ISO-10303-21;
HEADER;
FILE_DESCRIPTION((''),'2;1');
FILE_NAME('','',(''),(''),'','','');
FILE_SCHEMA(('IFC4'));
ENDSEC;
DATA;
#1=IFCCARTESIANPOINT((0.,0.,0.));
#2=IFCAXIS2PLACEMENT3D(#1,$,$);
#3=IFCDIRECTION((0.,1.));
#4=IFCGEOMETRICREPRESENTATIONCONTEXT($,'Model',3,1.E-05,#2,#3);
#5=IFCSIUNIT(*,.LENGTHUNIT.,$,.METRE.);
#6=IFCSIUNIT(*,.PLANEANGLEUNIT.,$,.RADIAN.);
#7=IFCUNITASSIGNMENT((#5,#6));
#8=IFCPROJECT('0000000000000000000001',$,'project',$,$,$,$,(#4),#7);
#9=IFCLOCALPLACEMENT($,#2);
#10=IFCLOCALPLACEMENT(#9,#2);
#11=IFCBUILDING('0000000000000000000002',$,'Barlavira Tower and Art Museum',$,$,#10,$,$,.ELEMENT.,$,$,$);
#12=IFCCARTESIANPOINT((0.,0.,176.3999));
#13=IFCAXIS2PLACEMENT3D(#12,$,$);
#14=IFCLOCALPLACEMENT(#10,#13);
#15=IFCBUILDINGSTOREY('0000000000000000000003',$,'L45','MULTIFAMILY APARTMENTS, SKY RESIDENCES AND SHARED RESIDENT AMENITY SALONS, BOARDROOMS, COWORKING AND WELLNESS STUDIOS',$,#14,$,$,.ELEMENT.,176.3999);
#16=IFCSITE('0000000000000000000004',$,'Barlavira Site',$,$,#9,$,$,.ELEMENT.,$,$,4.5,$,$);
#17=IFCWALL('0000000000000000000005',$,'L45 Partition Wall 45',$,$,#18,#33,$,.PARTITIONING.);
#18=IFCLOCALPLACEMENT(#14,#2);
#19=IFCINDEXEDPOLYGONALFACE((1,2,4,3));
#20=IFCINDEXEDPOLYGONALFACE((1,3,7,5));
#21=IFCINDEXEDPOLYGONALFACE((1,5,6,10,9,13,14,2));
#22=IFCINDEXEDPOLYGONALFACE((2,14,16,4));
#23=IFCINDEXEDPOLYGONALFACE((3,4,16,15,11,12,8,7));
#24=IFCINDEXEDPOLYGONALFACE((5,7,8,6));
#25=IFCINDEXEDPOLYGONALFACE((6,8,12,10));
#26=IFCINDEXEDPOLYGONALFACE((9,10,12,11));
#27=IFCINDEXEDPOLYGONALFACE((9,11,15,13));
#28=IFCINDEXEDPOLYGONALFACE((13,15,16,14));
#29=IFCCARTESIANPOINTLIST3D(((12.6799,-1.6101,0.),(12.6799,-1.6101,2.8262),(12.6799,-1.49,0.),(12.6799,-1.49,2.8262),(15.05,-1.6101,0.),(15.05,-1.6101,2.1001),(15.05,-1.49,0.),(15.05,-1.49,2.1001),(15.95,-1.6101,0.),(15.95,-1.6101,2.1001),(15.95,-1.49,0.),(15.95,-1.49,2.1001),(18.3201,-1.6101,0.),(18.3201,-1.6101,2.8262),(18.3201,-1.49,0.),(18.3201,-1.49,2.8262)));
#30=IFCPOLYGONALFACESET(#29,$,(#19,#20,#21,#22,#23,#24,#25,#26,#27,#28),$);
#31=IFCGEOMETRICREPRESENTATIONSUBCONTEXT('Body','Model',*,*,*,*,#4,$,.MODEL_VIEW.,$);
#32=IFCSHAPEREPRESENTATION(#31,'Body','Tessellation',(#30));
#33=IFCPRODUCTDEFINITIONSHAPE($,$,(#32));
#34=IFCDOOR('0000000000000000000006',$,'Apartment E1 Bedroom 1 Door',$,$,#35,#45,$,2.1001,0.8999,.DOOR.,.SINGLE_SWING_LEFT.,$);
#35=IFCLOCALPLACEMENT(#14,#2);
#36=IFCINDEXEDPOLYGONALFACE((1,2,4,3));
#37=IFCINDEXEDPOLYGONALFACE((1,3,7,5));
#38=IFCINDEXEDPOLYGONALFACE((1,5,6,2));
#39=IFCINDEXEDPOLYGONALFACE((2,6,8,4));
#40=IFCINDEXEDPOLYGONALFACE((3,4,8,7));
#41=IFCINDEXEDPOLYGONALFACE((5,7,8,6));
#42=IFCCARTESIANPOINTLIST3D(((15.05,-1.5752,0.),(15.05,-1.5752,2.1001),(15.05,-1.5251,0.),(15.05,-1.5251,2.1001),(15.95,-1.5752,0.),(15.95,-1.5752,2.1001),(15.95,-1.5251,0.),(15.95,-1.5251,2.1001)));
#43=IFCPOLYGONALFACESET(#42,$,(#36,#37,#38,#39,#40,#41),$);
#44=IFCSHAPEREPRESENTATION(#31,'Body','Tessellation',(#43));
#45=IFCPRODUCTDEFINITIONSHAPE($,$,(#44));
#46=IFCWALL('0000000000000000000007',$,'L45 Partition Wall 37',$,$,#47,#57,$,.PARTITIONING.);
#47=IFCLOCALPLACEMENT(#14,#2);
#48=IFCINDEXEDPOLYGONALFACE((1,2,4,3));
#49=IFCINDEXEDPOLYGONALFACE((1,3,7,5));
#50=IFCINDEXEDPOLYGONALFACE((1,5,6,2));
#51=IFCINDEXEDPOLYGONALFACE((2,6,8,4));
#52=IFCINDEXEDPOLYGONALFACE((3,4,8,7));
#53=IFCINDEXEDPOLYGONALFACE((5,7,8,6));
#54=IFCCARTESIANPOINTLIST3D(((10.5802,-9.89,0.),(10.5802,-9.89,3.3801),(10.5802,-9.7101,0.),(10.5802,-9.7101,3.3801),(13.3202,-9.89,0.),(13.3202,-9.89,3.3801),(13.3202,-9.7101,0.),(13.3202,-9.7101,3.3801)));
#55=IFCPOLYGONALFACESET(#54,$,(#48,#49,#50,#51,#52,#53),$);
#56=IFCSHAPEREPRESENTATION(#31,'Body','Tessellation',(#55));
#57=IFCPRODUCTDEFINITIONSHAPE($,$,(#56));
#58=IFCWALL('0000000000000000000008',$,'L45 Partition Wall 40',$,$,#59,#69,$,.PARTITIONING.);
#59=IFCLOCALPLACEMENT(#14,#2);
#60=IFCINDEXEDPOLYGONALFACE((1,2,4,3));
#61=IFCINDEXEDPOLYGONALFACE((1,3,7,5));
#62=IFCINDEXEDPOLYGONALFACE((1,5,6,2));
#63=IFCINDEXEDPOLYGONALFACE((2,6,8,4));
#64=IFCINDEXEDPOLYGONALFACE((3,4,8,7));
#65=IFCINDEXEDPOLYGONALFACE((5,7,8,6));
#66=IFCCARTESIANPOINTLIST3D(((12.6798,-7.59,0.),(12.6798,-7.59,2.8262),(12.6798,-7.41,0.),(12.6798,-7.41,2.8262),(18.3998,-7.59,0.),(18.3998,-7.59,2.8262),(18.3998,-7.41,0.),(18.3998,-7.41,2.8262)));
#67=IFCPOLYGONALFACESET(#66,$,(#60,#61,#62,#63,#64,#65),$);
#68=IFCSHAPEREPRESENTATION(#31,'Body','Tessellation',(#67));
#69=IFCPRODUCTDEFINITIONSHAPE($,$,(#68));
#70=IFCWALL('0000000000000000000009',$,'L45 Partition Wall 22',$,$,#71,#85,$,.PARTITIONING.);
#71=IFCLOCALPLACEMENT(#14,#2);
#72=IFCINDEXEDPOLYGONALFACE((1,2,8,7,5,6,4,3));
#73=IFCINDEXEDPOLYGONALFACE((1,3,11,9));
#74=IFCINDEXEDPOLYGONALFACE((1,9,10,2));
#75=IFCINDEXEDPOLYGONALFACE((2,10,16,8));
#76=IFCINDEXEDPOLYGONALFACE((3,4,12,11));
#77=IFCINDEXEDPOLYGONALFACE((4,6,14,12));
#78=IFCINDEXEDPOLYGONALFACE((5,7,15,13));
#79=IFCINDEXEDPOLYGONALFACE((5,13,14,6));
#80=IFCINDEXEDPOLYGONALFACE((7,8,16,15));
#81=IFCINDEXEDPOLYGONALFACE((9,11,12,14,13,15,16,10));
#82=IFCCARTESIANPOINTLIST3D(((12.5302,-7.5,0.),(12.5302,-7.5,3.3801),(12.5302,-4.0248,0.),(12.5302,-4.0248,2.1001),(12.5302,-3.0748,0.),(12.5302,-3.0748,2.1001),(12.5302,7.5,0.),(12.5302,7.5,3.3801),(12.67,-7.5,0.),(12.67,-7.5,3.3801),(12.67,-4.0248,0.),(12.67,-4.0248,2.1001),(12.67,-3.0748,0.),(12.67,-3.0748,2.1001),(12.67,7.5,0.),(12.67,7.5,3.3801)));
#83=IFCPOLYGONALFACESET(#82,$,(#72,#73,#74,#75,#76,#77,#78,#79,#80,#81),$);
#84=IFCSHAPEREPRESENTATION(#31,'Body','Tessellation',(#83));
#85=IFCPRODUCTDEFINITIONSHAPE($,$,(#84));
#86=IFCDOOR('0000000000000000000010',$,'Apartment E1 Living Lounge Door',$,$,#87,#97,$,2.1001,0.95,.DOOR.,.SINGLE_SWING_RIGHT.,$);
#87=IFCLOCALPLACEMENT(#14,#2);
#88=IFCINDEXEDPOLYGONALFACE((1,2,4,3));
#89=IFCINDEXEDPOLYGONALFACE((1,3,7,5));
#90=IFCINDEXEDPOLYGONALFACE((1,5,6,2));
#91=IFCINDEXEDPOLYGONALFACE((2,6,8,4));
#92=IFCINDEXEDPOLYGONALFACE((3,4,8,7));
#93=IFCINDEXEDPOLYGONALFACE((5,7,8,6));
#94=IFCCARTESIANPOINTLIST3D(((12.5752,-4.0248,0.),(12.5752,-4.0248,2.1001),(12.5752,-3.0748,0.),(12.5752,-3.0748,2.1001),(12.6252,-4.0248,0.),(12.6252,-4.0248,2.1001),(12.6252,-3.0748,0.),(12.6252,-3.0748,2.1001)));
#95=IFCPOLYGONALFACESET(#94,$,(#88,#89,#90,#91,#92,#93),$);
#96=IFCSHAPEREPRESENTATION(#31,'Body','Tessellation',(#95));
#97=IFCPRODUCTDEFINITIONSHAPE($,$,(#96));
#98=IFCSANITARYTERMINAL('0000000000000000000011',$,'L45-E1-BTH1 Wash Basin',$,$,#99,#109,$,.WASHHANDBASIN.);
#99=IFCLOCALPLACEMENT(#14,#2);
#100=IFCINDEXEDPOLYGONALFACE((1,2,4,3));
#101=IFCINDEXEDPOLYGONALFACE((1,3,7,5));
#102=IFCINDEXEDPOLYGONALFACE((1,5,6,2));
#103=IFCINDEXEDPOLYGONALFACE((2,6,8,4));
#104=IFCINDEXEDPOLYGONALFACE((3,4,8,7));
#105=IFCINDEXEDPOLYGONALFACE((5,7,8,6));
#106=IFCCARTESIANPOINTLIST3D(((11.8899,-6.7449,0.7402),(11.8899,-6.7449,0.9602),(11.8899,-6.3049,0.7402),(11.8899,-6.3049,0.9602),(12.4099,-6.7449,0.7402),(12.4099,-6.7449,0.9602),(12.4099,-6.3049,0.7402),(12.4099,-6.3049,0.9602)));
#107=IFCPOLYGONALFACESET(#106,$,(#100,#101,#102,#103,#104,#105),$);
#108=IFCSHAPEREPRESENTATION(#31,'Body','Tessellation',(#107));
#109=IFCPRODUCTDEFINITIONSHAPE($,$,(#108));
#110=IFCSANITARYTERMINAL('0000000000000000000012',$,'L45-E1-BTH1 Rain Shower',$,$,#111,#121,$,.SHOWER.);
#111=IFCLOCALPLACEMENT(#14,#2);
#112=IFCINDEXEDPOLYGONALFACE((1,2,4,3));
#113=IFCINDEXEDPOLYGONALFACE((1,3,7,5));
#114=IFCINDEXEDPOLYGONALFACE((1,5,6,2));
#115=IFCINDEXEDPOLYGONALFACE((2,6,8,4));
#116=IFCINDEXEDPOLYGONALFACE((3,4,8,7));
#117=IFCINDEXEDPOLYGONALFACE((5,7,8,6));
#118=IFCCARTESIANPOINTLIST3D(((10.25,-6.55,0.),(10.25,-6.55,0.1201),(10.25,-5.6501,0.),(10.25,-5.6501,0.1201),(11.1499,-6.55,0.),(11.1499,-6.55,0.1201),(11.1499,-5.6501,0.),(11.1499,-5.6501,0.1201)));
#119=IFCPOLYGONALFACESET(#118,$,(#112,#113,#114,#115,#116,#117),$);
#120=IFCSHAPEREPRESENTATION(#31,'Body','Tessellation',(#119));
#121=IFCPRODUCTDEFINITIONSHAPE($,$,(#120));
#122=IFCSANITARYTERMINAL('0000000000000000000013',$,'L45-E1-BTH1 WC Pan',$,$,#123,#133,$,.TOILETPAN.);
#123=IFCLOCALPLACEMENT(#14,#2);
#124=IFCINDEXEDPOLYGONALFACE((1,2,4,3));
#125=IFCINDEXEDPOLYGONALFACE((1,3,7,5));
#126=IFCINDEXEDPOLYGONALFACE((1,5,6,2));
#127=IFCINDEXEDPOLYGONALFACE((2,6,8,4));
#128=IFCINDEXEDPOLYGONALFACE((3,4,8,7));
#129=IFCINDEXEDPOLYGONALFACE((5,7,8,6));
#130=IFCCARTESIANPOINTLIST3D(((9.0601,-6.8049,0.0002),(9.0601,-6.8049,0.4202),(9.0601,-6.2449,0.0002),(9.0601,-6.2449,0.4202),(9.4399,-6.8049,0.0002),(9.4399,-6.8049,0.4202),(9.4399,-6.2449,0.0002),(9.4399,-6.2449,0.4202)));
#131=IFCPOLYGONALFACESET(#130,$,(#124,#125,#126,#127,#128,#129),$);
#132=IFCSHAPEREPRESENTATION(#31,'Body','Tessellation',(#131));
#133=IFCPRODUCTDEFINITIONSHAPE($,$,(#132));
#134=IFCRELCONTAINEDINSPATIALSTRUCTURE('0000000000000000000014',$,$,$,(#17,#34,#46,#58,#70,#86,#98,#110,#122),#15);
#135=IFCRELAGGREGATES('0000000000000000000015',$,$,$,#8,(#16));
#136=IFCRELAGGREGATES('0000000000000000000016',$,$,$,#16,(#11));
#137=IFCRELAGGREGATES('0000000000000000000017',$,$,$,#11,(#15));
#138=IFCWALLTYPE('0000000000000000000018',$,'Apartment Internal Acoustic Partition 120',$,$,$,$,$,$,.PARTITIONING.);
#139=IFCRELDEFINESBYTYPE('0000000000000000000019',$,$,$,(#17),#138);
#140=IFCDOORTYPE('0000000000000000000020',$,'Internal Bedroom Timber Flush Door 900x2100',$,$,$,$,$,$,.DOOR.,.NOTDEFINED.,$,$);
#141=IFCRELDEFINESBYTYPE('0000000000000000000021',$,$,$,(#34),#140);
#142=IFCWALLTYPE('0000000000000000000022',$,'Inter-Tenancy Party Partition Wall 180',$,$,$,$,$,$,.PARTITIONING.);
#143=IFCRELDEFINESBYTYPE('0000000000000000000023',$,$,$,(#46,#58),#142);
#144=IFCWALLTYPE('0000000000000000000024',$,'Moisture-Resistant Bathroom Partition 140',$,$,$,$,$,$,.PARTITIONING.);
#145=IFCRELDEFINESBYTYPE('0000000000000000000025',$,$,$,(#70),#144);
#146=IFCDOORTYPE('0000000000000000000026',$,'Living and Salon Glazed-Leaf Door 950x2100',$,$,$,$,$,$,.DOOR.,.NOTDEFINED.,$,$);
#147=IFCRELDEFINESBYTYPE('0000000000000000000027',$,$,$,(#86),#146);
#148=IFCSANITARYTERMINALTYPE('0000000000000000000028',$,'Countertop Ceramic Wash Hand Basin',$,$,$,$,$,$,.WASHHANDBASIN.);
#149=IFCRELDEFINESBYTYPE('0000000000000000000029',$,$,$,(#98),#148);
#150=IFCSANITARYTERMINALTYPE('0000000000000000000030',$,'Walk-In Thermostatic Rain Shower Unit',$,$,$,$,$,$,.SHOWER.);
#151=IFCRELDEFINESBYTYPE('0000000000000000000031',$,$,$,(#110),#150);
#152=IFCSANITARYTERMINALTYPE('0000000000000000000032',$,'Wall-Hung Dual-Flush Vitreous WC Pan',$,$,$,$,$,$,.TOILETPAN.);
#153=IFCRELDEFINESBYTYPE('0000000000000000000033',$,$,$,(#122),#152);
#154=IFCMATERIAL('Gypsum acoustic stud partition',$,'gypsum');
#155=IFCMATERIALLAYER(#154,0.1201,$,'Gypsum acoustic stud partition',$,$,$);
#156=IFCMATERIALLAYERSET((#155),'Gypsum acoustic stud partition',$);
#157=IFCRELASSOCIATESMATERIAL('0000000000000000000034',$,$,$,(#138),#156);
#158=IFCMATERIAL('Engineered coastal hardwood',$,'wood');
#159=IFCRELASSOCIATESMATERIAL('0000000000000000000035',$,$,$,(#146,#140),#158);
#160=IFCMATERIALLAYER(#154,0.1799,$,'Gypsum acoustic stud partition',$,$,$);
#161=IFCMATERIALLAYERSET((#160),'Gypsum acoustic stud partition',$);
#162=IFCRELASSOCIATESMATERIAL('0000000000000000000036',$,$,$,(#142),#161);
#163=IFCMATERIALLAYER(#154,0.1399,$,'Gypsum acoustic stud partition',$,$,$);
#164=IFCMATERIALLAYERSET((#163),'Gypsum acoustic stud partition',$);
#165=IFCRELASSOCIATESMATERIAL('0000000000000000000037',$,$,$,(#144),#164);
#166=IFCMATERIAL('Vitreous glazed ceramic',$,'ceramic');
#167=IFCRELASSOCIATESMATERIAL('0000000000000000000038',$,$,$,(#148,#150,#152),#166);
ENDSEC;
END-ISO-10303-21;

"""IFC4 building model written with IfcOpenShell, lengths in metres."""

from ifc_helpers import new_model, si_unit, direction, frame, frame_2d, origin, origin_2d, place, context, subcontext, project, spatial, rectangle, extrude, material, layer, layer_set, type_object, element, fill, save


model = new_model("IFC4")

# Units and contexts
model_context = context("Model", 3, precision=1e-05, world=origin(), true_north=direction((0.0, 1.0)))
body_context = subcontext(model_context, "Body", "Model", "MODEL_VIEW")
ifc_project = project(units=[si_unit("LENGTHUNIT", "METRE"), si_unit("PLANEANGLEUNIT", "RADIAN")], contexts=[model_context])

# Site, building, storey
site_placement = place(None, origin())
site = spatial("IfcSite", under=ifc_project, at=site_placement, Name="Barlavira Site", CompositionType="ELEMENT", RefElevation=4.5)
building_placement = place(site_placement, origin())
building = spatial("IfcBuilding", under=site, at=building_placement, Name="Barlavira Tower and Art Museum", CompositionType="ELEMENT")
storey_placement = place(building_placement, frame((0.0, 0.0, 176.3999)))
storey = spatial("IfcBuildingStorey", under=building, at=storey_placement, Name="L45", Description="MULTIFAMILY APARTMENTS, SKY RESIDENCES AND SHARED RESIDENT AMENITY SALONS, BOARDROOMS, COWORKING AND WELLNESS STUDIOS", CompositionType="ELEMENT", Elevation=176.3999)

# Wall, opening, door
ifc_material_1 = material(Name="Gypsum acoustic stud partition", Category="gypsum")
ifc_layer_1 = layer(ifc_material_1, 0.1201, Name="Gypsum acoustic stud partition")
ifc_layer_set_1 = layer_set([ifc_layer_1], Name="Gypsum acoustic stud partition")
wall_type_1 = type_object("IfcWallType", Name="Apartment Internal Acoustic Partition 120", PredefinedType="PARTITIONING", material=ifc_layer_set_1)
ifc_material_2 = material(Name="Engineered coastal hardwood", Category="wood")
door_type_1 = type_object("IfcDoorType", Name="Living and Salon Glazed-Leaf Door 950x2100", OperationType="NOTDEFINED", PredefinedType="DOOR", material=ifc_material_2)
wall_1_placement = place(storey_placement, frame((12.6799, -1.55, 0.0), z_axis=(0.0, 0.0, 1.0), x_axis=(1.0, 0.0, 0.0)))
wall_1 = element("IfcWall", 1, at=wall_1_placement, inside=storey, type_object=wall_type_1, Name="L45 Partition Wall 45", PredefinedType="PARTITIONING", context=body_context, shape_type="SweptSolid", body=[
    extrude(rectangle(XDim=5.6401, YDim=0.1201, at=frame_2d((2.8201, 0.0))), origin(), (0.0, 0.0, 1.0), 2.8262),
])
opening_1_placement = place(wall_1_placement, frame((2.3701, 0.0, 0.0)))
opening_1 = element("IfcOpeningElement", 2, at=opening_1_placement, cuts=wall_1, PredefinedType="OPENING", context=body_context, shape_type="SweptSolid", body=[
    extrude(rectangle(XDim=0.8999, YDim=2.1001, at=frame_2d((0.45, 1.05))), frame((0.0, 0.0701, 0.0), z_axis=(0.0, -1.0, 0.0), x_axis=(1.0, 0.0, 0.0)), (0.0, 0.0, 1.0), 0.1401),
])
door_type_2 = type_object("IfcDoorType", Name="Internal Bedroom Timber Flush Door 900x2100", OperationType="NOTDEFINED", PredefinedType="DOOR", material=ifc_material_2)
door_1_placement = place(opening_1_placement, origin())
door_1 = element("IfcDoor", 3, at=door_1_placement, inside=storey, type_object=door_type_2, Name="Apartment E1 Bedroom 1 Door", OperationType="SINGLE_SWING_LEFT", OverallHeight=2.1001, OverallWidth=0.8999, PredefinedType="DOOR", context=body_context, shape_type="SweptSolid", body=[
    extrude(rectangle(XDim=0.8999, YDim=2.1001, at=frame_2d((0.45, 1.05))), frame((0.0, 0.0249, 0.0), z_axis=(0.0, -1.0, 0.0), x_axis=(1.0, 0.0, 0.0)), (0.0, 0.0, 1.0), 0.05),
])
fill(opening_1, door_1)

# Walls
ifc_layer_2 = layer(ifc_material_1, 0.1799, Name="Gypsum acoustic stud partition")
ifc_layer_set_2 = layer_set([ifc_layer_2], Name="Gypsum acoustic stud partition")
wall_type_2 = type_object("IfcWallType", Name="Inter-Tenancy Party Partition Wall 180", PredefinedType="PARTITIONING", material=ifc_layer_set_2)
wall_2_placement = place(storey_placement, frame((10.5801, -9.8, 0.0), z_axis=(0.0, 0.0, 1.0), x_axis=(1.0, 0.0, 0.0)))
element("IfcWall", 4, at=wall_2_placement, inside=storey, type_object=wall_type_2, Name="L45 Partition Wall 37", PredefinedType="PARTITIONING", context=body_context, shape_type="SweptSolid", body=[
    extrude(rectangle(XDim=2.74, YDim=0.1799, at=frame_2d((1.3701, 0.0))), origin(), (0.0, 0.0, 1.0), 3.3801),
])
wall_3_placement = place(storey_placement, frame((12.6799, -7.5, 0.0), z_axis=(0.0, 0.0, 1.0), x_axis=(1.0, 0.0, 0.0)))
element("IfcWall", 5, at=wall_3_placement, inside=storey, type_object=wall_type_2, Name="L45 Partition Wall 40", PredefinedType="PARTITIONING", context=body_context, shape_type="SweptSolid", body=[
    extrude(rectangle(XDim=5.72, YDim=0.1799, at=frame_2d((2.8599, 0.0))), origin(), (0.0, 0.0, 1.0), 2.8262),
])

# Wall, opening, door
ifc_layer_3 = layer(ifc_material_1, 0.1399, Name="Gypsum acoustic stud partition")
ifc_layer_set_3 = layer_set([ifc_layer_3], Name="Gypsum acoustic stud partition")
wall_type_3 = type_object("IfcWallType", Name="Moisture-Resistant Bathroom Partition 140", PredefinedType="PARTITIONING", material=ifc_layer_set_3)
wall_4_placement = place(storey_placement, frame((12.6001, -7.5, 0.0), z_axis=(0.0, 0.0, 1.0), x_axis=(0.0, 1.0, 0.0)))
wall_4 = element("IfcWall", 6, at=wall_4_placement, inside=storey, type_object=wall_type_3, Name="L45 Partition Wall 22", PredefinedType="PARTITIONING", context=body_context, shape_type="SweptSolid", body=[
    extrude(rectangle(XDim=15.0, YDim=0.1399, at=frame_2d((7.5, 0.0))), origin(), (0.0, 0.0, 1.0), 3.3801),
])
opening_2_placement = place(wall_4_placement, frame((3.4751, 0.0, 0.0)))
opening_2 = element("IfcOpeningElement", 7, at=opening_2_placement, cuts=wall_4, PredefinedType="OPENING", context=body_context, shape_type="SweptSolid", body=[
    extrude(rectangle(XDim=0.95, YDim=2.1001, at=frame_2d((0.4751, 1.05))), frame((0.0, 0.0801, 0.0), z_axis=(0.0, -1.0, 0.0), x_axis=(1.0, 0.0, 0.0)), (0.0, 0.0, 1.0), 0.1599),
])
door_2_placement = place(opening_2_placement, origin())
door_2 = element("IfcDoor", 8, at=door_2_placement, inside=storey, type_object=door_type_1, Name="Apartment E1 Living Lounge Door", OperationType="SINGLE_SWING_RIGHT", OverallHeight=2.1001, OverallWidth=0.95, PredefinedType="DOOR", context=body_context, shape_type="SweptSolid", body=[
    extrude(rectangle(XDim=0.95, YDim=2.1001, at=frame_2d((0.4751, 1.05))), frame((0.0, 0.0249, 0.0), z_axis=(0.0, -1.0, 0.0), x_axis=(1.0, 0.0, 0.0)), (0.0, 0.0, 1.0), 0.05),
])
fill(opening_2, door_2)

# Sanitary terminals
ifc_material_3 = material(Name="Vitreous glazed ceramic", Category="ceramic")
sanitary_terminal_type_1 = type_object("IfcSanitaryTerminalType", Name="Countertop Ceramic Wash Hand Basin", PredefinedType="WASHHANDBASIN", material=ifc_material_3)
sanitary_terminal_1_placement = place(storey_placement, frame((12.1499, -6.5249, 0.7402), z_axis=(0.0, 0.0, 1.0), x_axis=(1.0, 0.0, 0.0)))
element("IfcSanitaryTerminal", 9, at=sanitary_terminal_1_placement, inside=storey, type_object=sanitary_terminal_type_1, Name="L45-E1-BTH1 Wash Basin", PredefinedType="WASHHANDBASIN", context=body_context, shape_type="SweptSolid", body=[
    extrude(rectangle(XDim=0.52, YDim=0.4399, at=origin_2d()), origin(), (0.0, 0.0, 1.0), 0.22),
])
sanitary_terminal_type_2 = type_object("IfcSanitaryTerminalType", Name="Walk-In Thermostatic Rain Shower Unit", PredefinedType="SHOWER", material=ifc_material_3)
sanitary_terminal_2_placement = place(storey_placement, frame((10.7, -6.1001, 0.0), z_axis=(0.0, 0.0, 1.0), x_axis=(1.0, 0.0, 0.0)))
element("IfcSanitaryTerminal", 10, at=sanitary_terminal_2_placement, inside=storey, type_object=sanitary_terminal_type_2, Name="L45-E1-BTH1 Rain Shower", PredefinedType="SHOWER", context=body_context, shape_type="SweptSolid", body=[
    extrude(rectangle(XDim=0.8999, YDim=0.8999, at=origin_2d()), origin(), (0.0, 0.0, 1.0), 0.1201),
])
sanitary_terminal_type_3 = type_object("IfcSanitaryTerminalType", Name="Wall-Hung Dual-Flush Vitreous WC Pan", PredefinedType="TOILETPAN", material=ifc_material_3)
sanitary_terminal_3_placement = place(storey_placement, frame((9.25, -6.5249, 0.0002), z_axis=(0.0, 0.0, 1.0), x_axis=(1.0, 0.0, 0.0)))
element("IfcSanitaryTerminal", 11, at=sanitary_terminal_3_placement, inside=storey, type_object=sanitary_terminal_type_3, Name="L45-E1-BTH1 WC Pan", PredefinedType="TOILETPAN", context=body_context, shape_type="SweptSolid", body=[
    extrude(rectangle(XDim=0.3799, YDim=0.5601, at=origin_2d()), origin(), (0.0, 0.0, 1.0), 0.4199),
])

save(model, "model.ifc")
